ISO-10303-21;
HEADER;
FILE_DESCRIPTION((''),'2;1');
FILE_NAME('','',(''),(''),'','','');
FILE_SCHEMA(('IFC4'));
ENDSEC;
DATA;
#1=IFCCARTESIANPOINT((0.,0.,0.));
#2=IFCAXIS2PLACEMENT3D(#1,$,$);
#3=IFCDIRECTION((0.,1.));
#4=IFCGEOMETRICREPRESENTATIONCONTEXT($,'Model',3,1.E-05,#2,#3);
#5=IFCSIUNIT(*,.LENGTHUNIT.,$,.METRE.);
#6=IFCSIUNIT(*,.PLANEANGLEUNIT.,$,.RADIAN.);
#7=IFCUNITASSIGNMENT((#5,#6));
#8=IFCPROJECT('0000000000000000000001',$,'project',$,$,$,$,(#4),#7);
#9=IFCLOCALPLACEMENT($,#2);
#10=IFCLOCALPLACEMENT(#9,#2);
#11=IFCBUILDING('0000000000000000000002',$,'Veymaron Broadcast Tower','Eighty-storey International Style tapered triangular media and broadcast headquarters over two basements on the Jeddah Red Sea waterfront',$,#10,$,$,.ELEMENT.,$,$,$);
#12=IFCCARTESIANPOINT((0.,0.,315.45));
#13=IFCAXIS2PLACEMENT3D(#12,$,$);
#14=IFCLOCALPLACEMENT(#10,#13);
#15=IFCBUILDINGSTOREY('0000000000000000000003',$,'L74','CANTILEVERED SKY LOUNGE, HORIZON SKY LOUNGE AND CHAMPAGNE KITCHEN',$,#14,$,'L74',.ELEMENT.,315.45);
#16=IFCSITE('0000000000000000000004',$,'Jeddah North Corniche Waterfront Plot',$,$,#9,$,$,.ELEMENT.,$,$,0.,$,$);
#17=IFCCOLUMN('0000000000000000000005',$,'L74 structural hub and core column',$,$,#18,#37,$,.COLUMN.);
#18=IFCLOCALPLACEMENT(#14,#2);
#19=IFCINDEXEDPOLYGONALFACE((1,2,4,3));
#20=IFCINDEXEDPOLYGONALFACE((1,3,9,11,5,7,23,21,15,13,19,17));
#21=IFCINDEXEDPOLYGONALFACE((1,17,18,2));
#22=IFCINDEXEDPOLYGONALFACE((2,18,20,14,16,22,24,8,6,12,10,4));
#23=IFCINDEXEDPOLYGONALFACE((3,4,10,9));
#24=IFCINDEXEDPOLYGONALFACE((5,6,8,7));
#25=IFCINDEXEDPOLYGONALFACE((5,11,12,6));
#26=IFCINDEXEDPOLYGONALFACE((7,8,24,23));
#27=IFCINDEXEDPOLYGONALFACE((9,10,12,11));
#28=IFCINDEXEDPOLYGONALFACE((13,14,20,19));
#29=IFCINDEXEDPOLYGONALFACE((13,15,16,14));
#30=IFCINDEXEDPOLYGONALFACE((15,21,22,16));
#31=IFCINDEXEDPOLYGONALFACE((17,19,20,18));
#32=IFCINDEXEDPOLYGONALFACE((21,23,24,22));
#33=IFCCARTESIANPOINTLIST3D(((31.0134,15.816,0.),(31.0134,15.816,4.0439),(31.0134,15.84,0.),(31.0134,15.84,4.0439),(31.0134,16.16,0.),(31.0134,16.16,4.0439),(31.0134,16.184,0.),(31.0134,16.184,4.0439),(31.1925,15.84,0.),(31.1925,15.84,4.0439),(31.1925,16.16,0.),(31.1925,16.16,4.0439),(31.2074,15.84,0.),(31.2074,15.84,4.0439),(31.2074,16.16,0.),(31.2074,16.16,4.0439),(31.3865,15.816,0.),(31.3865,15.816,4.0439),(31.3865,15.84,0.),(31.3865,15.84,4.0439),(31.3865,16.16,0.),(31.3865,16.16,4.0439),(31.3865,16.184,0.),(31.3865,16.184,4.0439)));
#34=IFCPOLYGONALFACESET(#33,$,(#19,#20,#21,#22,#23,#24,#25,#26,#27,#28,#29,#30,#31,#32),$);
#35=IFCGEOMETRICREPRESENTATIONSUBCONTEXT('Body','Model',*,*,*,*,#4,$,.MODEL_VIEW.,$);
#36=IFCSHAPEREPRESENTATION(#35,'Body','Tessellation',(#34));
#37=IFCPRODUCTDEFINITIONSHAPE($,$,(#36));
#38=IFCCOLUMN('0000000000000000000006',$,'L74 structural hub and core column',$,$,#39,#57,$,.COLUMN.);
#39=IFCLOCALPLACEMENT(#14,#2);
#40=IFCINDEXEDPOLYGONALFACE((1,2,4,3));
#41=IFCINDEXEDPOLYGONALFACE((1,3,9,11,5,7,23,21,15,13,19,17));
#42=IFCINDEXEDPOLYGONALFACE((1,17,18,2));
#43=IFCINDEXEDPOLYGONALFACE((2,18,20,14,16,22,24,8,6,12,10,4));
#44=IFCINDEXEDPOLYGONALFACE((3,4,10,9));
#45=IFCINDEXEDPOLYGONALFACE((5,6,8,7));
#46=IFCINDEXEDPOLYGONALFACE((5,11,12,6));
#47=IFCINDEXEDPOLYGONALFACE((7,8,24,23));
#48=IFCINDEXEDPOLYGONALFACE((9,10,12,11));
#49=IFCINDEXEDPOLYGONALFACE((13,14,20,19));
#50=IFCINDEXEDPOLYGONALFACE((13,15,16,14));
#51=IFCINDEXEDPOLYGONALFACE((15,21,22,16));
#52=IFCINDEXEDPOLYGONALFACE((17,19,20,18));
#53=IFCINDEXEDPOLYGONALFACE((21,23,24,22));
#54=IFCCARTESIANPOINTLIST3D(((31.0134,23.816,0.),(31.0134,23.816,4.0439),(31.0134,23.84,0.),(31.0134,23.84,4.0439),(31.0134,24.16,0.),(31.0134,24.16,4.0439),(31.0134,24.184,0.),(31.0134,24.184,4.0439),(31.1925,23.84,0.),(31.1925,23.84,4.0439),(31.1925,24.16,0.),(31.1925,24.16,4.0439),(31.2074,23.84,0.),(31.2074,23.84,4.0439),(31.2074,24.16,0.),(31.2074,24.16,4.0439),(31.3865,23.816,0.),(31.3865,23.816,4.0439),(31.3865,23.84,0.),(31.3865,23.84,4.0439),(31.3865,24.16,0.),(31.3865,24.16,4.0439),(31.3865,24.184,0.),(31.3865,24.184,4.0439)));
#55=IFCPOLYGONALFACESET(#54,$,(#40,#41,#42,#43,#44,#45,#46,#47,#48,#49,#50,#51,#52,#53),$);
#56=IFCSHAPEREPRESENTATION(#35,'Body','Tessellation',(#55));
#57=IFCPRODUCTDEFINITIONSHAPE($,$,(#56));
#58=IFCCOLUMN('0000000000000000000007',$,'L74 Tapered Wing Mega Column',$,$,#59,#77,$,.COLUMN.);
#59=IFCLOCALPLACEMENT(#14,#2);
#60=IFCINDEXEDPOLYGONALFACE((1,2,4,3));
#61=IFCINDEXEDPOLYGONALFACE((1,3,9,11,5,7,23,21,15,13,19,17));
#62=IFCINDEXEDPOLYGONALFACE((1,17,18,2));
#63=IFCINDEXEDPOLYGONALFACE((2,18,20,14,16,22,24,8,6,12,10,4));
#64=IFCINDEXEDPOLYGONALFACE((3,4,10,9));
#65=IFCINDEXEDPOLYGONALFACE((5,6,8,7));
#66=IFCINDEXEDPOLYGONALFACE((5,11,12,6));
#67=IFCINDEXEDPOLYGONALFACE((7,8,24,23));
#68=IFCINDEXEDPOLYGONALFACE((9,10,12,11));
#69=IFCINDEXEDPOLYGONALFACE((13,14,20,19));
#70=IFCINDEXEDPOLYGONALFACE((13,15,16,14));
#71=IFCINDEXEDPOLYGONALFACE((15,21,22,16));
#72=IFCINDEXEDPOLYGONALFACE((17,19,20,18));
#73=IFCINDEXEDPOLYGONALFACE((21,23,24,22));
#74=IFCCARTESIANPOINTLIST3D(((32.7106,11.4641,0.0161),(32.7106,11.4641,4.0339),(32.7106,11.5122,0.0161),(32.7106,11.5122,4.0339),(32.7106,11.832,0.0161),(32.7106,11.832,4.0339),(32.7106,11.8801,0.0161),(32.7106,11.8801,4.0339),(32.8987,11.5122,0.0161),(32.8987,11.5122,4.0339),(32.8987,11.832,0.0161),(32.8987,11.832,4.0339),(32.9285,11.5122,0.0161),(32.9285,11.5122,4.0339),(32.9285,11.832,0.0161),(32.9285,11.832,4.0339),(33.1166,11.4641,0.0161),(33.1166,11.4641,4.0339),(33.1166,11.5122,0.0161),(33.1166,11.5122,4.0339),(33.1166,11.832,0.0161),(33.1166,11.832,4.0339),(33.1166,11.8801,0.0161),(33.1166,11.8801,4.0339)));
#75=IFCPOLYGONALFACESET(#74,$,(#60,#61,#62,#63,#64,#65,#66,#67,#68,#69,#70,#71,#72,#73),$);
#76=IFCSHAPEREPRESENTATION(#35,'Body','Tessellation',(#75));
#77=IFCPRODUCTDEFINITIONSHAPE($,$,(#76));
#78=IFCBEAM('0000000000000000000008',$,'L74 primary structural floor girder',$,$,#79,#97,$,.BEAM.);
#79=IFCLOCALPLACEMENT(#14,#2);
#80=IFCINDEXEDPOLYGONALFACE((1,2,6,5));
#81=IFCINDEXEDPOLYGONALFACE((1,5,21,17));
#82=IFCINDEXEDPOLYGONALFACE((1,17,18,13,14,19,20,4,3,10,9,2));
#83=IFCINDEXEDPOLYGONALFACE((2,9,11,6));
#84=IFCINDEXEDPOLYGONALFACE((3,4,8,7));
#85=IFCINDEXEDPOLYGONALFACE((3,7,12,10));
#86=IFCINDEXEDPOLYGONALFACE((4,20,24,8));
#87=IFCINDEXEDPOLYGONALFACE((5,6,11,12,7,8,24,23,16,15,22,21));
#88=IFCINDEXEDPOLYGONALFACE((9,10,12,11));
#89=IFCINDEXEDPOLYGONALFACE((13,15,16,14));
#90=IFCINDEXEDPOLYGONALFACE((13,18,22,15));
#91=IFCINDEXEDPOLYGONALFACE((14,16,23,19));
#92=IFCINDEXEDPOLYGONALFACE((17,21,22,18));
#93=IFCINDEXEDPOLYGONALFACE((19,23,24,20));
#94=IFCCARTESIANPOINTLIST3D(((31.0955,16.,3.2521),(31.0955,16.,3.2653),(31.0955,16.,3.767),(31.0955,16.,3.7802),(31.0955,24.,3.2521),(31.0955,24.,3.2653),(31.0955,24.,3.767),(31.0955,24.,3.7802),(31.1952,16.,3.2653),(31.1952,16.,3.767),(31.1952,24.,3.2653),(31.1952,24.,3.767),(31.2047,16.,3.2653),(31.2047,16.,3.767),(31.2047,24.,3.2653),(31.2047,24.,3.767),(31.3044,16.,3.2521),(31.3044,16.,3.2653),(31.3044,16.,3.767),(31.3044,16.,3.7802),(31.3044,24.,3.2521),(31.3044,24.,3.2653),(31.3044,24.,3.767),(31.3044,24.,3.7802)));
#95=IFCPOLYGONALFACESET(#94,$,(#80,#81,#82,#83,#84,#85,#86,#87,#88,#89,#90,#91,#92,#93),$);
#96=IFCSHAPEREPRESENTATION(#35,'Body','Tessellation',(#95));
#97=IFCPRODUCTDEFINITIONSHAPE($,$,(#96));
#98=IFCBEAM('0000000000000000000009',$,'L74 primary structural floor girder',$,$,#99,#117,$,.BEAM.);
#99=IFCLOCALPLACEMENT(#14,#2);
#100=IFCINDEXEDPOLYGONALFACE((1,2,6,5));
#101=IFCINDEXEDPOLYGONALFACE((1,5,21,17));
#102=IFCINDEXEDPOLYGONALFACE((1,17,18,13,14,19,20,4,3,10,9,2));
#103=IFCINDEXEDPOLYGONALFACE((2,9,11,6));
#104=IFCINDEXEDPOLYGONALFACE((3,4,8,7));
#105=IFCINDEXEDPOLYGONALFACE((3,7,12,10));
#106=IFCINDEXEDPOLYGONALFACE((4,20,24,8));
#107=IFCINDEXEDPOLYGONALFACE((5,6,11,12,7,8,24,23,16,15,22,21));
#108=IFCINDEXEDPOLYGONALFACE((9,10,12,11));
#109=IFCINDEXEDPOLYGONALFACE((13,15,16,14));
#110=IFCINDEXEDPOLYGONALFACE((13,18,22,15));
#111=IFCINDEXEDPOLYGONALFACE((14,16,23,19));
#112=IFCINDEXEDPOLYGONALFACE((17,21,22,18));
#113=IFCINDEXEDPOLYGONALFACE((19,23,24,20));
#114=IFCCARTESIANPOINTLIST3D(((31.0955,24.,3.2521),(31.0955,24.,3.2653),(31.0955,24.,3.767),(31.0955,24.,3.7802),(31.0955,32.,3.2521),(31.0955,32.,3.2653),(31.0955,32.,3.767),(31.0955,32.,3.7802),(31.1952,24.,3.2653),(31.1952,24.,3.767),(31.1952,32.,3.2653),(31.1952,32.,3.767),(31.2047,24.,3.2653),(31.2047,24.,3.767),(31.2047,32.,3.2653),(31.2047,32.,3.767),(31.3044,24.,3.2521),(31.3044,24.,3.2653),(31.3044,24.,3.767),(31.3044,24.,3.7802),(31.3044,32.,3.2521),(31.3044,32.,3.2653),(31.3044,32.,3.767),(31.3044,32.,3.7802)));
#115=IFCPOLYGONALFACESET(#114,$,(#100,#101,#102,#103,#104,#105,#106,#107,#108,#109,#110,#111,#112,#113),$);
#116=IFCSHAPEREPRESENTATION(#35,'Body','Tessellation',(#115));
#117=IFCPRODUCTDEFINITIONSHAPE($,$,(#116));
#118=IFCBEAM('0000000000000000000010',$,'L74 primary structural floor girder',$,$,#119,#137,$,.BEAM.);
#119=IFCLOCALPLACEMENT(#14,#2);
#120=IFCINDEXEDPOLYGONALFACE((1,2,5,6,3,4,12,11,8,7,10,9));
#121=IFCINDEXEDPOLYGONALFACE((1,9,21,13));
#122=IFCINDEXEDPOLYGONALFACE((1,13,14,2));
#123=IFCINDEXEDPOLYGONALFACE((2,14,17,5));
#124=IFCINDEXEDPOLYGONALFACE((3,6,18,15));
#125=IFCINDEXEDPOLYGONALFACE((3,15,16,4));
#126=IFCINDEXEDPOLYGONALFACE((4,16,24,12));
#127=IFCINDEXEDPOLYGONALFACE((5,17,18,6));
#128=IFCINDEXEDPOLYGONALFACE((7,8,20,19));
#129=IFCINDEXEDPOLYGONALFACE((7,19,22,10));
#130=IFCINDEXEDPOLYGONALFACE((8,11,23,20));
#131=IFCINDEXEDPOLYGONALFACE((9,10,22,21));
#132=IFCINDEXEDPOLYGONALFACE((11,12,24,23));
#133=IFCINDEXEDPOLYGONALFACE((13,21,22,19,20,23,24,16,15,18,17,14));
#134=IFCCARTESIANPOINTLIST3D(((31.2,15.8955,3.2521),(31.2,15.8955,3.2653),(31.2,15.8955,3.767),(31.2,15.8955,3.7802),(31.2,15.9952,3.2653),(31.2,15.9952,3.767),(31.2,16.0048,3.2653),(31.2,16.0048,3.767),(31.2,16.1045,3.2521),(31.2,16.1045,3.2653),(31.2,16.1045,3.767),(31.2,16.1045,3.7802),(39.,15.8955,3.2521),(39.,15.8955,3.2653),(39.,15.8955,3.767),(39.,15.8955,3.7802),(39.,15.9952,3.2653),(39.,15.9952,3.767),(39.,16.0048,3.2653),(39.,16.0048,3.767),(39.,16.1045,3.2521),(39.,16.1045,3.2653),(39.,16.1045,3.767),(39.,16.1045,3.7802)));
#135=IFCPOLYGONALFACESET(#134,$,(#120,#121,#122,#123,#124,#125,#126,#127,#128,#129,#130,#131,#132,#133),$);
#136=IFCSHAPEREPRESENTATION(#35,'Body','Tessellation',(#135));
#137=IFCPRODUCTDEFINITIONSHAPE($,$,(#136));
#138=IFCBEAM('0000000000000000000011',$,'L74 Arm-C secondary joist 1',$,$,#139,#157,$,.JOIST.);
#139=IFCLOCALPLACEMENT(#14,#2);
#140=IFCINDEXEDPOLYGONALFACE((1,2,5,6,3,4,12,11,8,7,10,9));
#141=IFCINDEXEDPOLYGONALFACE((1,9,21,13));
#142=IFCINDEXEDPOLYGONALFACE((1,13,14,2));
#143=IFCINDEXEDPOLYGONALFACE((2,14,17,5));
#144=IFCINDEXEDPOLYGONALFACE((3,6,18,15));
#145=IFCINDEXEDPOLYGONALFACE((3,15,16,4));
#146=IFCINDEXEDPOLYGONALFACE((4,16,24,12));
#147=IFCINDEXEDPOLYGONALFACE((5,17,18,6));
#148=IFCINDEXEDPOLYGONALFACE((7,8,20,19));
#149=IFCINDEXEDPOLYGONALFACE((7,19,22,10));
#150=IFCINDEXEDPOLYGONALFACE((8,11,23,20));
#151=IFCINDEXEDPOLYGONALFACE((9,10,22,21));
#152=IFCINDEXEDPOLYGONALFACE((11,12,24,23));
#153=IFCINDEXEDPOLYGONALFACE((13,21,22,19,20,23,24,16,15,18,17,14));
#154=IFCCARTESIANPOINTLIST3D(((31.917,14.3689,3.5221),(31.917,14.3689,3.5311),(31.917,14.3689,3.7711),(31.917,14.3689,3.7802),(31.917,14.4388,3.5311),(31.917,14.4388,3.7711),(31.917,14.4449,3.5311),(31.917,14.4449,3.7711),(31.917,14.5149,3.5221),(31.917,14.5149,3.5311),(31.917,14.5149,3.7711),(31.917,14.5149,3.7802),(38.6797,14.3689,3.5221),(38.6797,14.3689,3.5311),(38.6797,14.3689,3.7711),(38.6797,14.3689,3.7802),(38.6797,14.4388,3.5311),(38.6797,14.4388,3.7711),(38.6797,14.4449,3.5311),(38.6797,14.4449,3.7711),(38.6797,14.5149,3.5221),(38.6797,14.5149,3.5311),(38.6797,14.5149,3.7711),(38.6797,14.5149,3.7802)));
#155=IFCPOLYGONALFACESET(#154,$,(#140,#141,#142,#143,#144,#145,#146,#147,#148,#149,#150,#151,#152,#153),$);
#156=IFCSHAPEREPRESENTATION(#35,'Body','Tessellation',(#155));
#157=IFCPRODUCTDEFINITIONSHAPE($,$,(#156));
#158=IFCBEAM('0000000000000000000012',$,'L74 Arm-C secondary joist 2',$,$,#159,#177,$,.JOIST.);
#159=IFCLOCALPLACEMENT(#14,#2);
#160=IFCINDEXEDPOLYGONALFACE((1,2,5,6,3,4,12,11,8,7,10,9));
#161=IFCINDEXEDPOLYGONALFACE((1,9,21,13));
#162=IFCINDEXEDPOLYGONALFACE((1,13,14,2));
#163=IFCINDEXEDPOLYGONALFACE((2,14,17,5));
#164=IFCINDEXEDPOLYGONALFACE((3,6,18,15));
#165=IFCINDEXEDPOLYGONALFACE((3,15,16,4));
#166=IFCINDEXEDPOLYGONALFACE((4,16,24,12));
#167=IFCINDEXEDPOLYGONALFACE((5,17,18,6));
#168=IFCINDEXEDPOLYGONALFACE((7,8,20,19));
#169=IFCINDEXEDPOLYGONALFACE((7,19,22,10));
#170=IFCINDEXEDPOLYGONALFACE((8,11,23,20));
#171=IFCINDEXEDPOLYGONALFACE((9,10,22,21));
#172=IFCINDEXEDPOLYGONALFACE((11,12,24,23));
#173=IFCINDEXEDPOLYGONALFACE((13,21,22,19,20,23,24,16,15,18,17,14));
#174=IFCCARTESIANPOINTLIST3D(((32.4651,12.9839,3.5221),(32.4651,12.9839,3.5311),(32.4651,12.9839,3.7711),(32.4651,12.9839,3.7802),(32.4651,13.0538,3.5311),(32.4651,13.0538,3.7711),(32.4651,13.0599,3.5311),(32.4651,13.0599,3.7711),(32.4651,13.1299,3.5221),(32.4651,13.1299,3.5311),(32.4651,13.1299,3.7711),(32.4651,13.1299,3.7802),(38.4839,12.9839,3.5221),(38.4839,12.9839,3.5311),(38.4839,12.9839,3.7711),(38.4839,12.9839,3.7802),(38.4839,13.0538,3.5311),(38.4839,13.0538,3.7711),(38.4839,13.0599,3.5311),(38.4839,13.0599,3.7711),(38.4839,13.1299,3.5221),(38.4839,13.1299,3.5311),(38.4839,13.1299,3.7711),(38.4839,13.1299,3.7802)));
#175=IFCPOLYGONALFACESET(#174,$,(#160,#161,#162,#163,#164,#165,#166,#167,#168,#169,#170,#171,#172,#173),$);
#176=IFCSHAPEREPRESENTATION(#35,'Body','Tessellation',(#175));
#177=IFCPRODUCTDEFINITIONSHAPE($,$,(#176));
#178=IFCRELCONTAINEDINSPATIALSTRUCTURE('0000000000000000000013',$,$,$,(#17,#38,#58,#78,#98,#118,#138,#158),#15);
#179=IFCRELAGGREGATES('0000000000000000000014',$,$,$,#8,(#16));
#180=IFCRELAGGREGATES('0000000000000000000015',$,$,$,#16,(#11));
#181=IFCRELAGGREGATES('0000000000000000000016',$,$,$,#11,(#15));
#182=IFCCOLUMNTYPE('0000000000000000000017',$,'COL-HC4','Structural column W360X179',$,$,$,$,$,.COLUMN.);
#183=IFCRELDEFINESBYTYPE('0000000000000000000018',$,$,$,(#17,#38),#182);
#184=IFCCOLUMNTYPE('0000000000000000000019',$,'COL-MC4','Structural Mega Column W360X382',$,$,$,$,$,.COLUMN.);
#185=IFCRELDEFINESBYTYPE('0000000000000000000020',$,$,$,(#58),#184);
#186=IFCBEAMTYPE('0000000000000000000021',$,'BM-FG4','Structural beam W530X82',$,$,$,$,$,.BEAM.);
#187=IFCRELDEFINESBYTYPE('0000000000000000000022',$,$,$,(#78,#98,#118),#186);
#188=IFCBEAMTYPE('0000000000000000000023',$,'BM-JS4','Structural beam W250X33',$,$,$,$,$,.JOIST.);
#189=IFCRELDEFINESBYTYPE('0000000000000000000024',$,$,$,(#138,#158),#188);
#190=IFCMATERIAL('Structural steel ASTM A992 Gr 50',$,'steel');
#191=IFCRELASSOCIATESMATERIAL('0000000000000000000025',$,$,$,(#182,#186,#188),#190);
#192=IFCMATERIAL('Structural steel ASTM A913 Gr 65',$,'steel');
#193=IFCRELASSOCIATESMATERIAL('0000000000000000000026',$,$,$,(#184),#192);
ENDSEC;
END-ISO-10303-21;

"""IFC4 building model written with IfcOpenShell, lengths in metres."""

from ifc_helpers import new_model, si_unit, direction, frame, origin, origin_2d, place, context, subcontext, project, spatial, i_section, extrude, material, material_profile, profile_set, type_object, element, save


model = new_model("IFC4")

# Units and contexts
model_context = context("Model", 3, precision=1e-05, world=origin(), true_north=direction((0.0, 1.0)))
body_context = subcontext(model_context, "Body", "Model", "MODEL_VIEW")
ifc_project = project(units=[si_unit("LENGTHUNIT", "METRE"), si_unit("PLANEANGLEUNIT", "RADIAN")], contexts=[model_context])

# Site, building, storey
site_placement = place(None, origin())
site = spatial("IfcSite", under=ifc_project, at=site_placement, Name="Jeddah North Corniche Waterfront Plot", CompositionType="ELEMENT", RefElevation=0.0)
building_placement = place(site_placement, origin())
building = spatial("IfcBuilding", under=site, at=building_placement, Name="Veymaron Broadcast Tower", Description="Eighty-storey International Style tapered triangular media and broadcast headquarters over two basements on the Jeddah Red Sea waterfront", CompositionType="ELEMENT")
storey_placement = place(building_placement, frame((0.0, 0.0, 315.45)))
storey = spatial("IfcBuildingStorey", under=building, at=storey_placement, Name="L74", Description="CANTILEVERED SKY LOUNGE, HORIZON SKY LOUNGE AND CHAMPAGNE KITCHEN", LongName="L74", CompositionType="ELEMENT", Elevation=315.45)

# Columns
ifc_material_1 = material(Name="Structural steel ASTM A992 Gr 50", Category="steel")
ifc_material_profile_1 = material_profile(ifc_material_1, i_section(OverallWidth=0.373, OverallDepth=0.3679, WebThickness=0.0149, FlangeThickness=0.0239, at=origin_2d()), Name="W360X179")
ifc_profile_set_1 = profile_set([ifc_material_profile_1], Name="Structural steel ASTM A992 Gr 50")
column_type_1 = type_object("IfcColumnType", Name="COL-HC4", Description="Structural column W360X179", PredefinedType="COLUMN", material=ifc_profile_set_1)
for number, where, z_axis, x_axis, name in (
    (1, (31.2, 16.0, 0.0), (0.0, 0.0, 1.0), (1.0, 0.0, 0.0), "L74 structural hub and core column"),
    (2, (31.2, 24.0, 0.0), (0.0, 0.0, 1.0), (1.0, 0.0, 0.0), "L74 structural hub and core column"),
):
    element("IfcColumn", number, at=place(storey_placement, frame(where, z_axis=z_axis, x_axis=x_axis)), inside=storey, type_object=column_type_1, Name=name, PredefinedType="COLUMN", context=body_context, shape_type="SweptSolid", body=[
        extrude(i_section(OverallWidth=0.373, OverallDepth=0.3679, WebThickness=0.0149, FlangeThickness=0.0239, at=origin_2d()), origin(), (0.0, 0.0, 1.0), 4.0439),
    ])
ifc_material_2 = material(Name="Structural steel ASTM A913 Gr 65", Category="steel")
ifc_material_profile_2 = material_profile(ifc_material_2, i_section(OverallWidth=0.406, OverallDepth=0.416, WebThickness=0.0298, FlangeThickness=0.0481, at=origin_2d()), Name="W360X382")
ifc_profile_set_2 = profile_set([ifc_material_profile_2], Name="Structural steel ASTM A913 Gr 65")
column_type_2 = type_object("IfcColumnType", Name="COL-MC4", Description="Structural Mega Column W360X382", PredefinedType="COLUMN", material=ifc_profile_set_2)
column_placement = place(storey_placement, frame((32.9136, 11.6721, 0.0161), z_axis=(0.0, 0.0, 1.0), x_axis=(1.0, 0.0, 0.0)))
element("IfcColumn", 3, at=column_placement, inside=storey, type_object=column_type_2, Name="L74 Tapered Wing Mega Column", PredefinedType="COLUMN", context=body_context, shape_type="SweptSolid", body=[
    extrude(i_section(OverallWidth=0.406, OverallDepth=0.416, WebThickness=0.0298, FlangeThickness=0.0481, at=origin_2d()), origin(), (0.0, 0.0, 1.0), 4.0178),
])

# Beams
ifc_material_profile_3 = material_profile(ifc_material_1, i_section(OverallWidth=0.209, OverallDepth=0.5281, WebThickness=0.0095, FlangeThickness=0.0132, at=origin_2d()), Name="W530X82")
ifc_profile_set_3 = profile_set([ifc_material_profile_3], Name="Structural steel ASTM A992 Gr 50")
beam_type_1 = type_object("IfcBeamType", Name="BM-FG4", Description="Structural beam W530X82", PredefinedType="BEAM", material=ifc_profile_set_3)
for number, where, z_axis, x_axis, name in (
    (4, (31.2, 16.0, 3.5161), (0.0, 1.0, 0.0), (-1.0, 0.0, 0.0), "L74 primary structural floor girder"),
    (5, (31.2, 24.0, 3.5161), (0.0, 1.0, 0.0), (-1.0, 0.0, 0.0), "L74 primary structural floor girder"),
):
    element("IfcBeam", number, at=place(storey_placement, frame(where, z_axis=z_axis, x_axis=x_axis)), inside=storey, type_object=beam_type_1, Name=name, PredefinedType="BEAM", context=body_context, shape_type="SweptSolid", body=[
        extrude(i_section(OverallWidth=0.209, OverallDepth=0.5281, WebThickness=0.0095, FlangeThickness=0.0132, at=origin_2d()), origin(), (0.0, 0.0, 1.0), 8.0),
    ])
beam_1_placement = place(storey_placement, frame((31.2, 16.0, 3.5161), z_axis=(1.0, 0.0, 0.0), x_axis=(0.0, 1.0, 0.0)))
element("IfcBeam", 6, at=beam_1_placement, inside=storey, type_object=beam_type_1, Name="L74 primary structural floor girder", PredefinedType="BEAM", context=body_context, shape_type="SweptSolid", body=[
    extrude(i_section(OverallWidth=0.209, OverallDepth=0.5281, WebThickness=0.0095, FlangeThickness=0.0132, at=origin_2d()), origin(), (0.0, 0.0, 1.0), 7.8),
])
ifc_material_profile_4 = material_profile(ifc_material_1, i_section(OverallWidth=0.146, OverallDepth=0.2581, WebThickness=0.0061, FlangeThickness=0.009, at=origin_2d()), Name="W250X33")
ifc_profile_set_4 = profile_set([ifc_material_profile_4], Name="Structural steel ASTM A992 Gr 50")
beam_type_2 = type_object("IfcBeamType", Name="BM-JS4", Description="Structural beam W250X33", PredefinedType="JOIST", material=ifc_profile_set_4)
beam_2_placement = place(storey_placement, frame((31.917, 14.4419, 3.6511), z_axis=(1.0, 0.0, 0.0), x_axis=(0.0, 1.0, 0.0)))
element("IfcBeam", 7, at=beam_2_placement, inside=storey, type_object=beam_type_2, Name="L74 Arm-C secondary joist 1", PredefinedType="JOIST", context=body_context, shape_type="SweptSolid", body=[
    extrude(i_section(OverallWidth=0.146, OverallDepth=0.2581, WebThickness=0.0061, FlangeThickness=0.009, at=origin_2d()), origin(), (0.0, 0.0, 1.0), 6.7627),
])
beam_3_placement = place(storey_placement, frame((32.4651, 13.0569, 3.6511), z_axis=(1.0, 0.0, 0.0), x_axis=(0.0, 1.0, 0.0)))
element("IfcBeam", 8, at=beam_3_placement, inside=storey, type_object=beam_type_2, Name="L74 Arm-C secondary joist 2", PredefinedType="JOIST", context=body_context, shape_type="SweptSolid", body=[
    extrude(i_section(OverallWidth=0.146, OverallDepth=0.2581, WebThickness=0.0061, FlangeThickness=0.009, at=origin_2d()), origin(), (0.0, 0.0, 1.0), 6.0188),
])

save(model, "model.ifc")
